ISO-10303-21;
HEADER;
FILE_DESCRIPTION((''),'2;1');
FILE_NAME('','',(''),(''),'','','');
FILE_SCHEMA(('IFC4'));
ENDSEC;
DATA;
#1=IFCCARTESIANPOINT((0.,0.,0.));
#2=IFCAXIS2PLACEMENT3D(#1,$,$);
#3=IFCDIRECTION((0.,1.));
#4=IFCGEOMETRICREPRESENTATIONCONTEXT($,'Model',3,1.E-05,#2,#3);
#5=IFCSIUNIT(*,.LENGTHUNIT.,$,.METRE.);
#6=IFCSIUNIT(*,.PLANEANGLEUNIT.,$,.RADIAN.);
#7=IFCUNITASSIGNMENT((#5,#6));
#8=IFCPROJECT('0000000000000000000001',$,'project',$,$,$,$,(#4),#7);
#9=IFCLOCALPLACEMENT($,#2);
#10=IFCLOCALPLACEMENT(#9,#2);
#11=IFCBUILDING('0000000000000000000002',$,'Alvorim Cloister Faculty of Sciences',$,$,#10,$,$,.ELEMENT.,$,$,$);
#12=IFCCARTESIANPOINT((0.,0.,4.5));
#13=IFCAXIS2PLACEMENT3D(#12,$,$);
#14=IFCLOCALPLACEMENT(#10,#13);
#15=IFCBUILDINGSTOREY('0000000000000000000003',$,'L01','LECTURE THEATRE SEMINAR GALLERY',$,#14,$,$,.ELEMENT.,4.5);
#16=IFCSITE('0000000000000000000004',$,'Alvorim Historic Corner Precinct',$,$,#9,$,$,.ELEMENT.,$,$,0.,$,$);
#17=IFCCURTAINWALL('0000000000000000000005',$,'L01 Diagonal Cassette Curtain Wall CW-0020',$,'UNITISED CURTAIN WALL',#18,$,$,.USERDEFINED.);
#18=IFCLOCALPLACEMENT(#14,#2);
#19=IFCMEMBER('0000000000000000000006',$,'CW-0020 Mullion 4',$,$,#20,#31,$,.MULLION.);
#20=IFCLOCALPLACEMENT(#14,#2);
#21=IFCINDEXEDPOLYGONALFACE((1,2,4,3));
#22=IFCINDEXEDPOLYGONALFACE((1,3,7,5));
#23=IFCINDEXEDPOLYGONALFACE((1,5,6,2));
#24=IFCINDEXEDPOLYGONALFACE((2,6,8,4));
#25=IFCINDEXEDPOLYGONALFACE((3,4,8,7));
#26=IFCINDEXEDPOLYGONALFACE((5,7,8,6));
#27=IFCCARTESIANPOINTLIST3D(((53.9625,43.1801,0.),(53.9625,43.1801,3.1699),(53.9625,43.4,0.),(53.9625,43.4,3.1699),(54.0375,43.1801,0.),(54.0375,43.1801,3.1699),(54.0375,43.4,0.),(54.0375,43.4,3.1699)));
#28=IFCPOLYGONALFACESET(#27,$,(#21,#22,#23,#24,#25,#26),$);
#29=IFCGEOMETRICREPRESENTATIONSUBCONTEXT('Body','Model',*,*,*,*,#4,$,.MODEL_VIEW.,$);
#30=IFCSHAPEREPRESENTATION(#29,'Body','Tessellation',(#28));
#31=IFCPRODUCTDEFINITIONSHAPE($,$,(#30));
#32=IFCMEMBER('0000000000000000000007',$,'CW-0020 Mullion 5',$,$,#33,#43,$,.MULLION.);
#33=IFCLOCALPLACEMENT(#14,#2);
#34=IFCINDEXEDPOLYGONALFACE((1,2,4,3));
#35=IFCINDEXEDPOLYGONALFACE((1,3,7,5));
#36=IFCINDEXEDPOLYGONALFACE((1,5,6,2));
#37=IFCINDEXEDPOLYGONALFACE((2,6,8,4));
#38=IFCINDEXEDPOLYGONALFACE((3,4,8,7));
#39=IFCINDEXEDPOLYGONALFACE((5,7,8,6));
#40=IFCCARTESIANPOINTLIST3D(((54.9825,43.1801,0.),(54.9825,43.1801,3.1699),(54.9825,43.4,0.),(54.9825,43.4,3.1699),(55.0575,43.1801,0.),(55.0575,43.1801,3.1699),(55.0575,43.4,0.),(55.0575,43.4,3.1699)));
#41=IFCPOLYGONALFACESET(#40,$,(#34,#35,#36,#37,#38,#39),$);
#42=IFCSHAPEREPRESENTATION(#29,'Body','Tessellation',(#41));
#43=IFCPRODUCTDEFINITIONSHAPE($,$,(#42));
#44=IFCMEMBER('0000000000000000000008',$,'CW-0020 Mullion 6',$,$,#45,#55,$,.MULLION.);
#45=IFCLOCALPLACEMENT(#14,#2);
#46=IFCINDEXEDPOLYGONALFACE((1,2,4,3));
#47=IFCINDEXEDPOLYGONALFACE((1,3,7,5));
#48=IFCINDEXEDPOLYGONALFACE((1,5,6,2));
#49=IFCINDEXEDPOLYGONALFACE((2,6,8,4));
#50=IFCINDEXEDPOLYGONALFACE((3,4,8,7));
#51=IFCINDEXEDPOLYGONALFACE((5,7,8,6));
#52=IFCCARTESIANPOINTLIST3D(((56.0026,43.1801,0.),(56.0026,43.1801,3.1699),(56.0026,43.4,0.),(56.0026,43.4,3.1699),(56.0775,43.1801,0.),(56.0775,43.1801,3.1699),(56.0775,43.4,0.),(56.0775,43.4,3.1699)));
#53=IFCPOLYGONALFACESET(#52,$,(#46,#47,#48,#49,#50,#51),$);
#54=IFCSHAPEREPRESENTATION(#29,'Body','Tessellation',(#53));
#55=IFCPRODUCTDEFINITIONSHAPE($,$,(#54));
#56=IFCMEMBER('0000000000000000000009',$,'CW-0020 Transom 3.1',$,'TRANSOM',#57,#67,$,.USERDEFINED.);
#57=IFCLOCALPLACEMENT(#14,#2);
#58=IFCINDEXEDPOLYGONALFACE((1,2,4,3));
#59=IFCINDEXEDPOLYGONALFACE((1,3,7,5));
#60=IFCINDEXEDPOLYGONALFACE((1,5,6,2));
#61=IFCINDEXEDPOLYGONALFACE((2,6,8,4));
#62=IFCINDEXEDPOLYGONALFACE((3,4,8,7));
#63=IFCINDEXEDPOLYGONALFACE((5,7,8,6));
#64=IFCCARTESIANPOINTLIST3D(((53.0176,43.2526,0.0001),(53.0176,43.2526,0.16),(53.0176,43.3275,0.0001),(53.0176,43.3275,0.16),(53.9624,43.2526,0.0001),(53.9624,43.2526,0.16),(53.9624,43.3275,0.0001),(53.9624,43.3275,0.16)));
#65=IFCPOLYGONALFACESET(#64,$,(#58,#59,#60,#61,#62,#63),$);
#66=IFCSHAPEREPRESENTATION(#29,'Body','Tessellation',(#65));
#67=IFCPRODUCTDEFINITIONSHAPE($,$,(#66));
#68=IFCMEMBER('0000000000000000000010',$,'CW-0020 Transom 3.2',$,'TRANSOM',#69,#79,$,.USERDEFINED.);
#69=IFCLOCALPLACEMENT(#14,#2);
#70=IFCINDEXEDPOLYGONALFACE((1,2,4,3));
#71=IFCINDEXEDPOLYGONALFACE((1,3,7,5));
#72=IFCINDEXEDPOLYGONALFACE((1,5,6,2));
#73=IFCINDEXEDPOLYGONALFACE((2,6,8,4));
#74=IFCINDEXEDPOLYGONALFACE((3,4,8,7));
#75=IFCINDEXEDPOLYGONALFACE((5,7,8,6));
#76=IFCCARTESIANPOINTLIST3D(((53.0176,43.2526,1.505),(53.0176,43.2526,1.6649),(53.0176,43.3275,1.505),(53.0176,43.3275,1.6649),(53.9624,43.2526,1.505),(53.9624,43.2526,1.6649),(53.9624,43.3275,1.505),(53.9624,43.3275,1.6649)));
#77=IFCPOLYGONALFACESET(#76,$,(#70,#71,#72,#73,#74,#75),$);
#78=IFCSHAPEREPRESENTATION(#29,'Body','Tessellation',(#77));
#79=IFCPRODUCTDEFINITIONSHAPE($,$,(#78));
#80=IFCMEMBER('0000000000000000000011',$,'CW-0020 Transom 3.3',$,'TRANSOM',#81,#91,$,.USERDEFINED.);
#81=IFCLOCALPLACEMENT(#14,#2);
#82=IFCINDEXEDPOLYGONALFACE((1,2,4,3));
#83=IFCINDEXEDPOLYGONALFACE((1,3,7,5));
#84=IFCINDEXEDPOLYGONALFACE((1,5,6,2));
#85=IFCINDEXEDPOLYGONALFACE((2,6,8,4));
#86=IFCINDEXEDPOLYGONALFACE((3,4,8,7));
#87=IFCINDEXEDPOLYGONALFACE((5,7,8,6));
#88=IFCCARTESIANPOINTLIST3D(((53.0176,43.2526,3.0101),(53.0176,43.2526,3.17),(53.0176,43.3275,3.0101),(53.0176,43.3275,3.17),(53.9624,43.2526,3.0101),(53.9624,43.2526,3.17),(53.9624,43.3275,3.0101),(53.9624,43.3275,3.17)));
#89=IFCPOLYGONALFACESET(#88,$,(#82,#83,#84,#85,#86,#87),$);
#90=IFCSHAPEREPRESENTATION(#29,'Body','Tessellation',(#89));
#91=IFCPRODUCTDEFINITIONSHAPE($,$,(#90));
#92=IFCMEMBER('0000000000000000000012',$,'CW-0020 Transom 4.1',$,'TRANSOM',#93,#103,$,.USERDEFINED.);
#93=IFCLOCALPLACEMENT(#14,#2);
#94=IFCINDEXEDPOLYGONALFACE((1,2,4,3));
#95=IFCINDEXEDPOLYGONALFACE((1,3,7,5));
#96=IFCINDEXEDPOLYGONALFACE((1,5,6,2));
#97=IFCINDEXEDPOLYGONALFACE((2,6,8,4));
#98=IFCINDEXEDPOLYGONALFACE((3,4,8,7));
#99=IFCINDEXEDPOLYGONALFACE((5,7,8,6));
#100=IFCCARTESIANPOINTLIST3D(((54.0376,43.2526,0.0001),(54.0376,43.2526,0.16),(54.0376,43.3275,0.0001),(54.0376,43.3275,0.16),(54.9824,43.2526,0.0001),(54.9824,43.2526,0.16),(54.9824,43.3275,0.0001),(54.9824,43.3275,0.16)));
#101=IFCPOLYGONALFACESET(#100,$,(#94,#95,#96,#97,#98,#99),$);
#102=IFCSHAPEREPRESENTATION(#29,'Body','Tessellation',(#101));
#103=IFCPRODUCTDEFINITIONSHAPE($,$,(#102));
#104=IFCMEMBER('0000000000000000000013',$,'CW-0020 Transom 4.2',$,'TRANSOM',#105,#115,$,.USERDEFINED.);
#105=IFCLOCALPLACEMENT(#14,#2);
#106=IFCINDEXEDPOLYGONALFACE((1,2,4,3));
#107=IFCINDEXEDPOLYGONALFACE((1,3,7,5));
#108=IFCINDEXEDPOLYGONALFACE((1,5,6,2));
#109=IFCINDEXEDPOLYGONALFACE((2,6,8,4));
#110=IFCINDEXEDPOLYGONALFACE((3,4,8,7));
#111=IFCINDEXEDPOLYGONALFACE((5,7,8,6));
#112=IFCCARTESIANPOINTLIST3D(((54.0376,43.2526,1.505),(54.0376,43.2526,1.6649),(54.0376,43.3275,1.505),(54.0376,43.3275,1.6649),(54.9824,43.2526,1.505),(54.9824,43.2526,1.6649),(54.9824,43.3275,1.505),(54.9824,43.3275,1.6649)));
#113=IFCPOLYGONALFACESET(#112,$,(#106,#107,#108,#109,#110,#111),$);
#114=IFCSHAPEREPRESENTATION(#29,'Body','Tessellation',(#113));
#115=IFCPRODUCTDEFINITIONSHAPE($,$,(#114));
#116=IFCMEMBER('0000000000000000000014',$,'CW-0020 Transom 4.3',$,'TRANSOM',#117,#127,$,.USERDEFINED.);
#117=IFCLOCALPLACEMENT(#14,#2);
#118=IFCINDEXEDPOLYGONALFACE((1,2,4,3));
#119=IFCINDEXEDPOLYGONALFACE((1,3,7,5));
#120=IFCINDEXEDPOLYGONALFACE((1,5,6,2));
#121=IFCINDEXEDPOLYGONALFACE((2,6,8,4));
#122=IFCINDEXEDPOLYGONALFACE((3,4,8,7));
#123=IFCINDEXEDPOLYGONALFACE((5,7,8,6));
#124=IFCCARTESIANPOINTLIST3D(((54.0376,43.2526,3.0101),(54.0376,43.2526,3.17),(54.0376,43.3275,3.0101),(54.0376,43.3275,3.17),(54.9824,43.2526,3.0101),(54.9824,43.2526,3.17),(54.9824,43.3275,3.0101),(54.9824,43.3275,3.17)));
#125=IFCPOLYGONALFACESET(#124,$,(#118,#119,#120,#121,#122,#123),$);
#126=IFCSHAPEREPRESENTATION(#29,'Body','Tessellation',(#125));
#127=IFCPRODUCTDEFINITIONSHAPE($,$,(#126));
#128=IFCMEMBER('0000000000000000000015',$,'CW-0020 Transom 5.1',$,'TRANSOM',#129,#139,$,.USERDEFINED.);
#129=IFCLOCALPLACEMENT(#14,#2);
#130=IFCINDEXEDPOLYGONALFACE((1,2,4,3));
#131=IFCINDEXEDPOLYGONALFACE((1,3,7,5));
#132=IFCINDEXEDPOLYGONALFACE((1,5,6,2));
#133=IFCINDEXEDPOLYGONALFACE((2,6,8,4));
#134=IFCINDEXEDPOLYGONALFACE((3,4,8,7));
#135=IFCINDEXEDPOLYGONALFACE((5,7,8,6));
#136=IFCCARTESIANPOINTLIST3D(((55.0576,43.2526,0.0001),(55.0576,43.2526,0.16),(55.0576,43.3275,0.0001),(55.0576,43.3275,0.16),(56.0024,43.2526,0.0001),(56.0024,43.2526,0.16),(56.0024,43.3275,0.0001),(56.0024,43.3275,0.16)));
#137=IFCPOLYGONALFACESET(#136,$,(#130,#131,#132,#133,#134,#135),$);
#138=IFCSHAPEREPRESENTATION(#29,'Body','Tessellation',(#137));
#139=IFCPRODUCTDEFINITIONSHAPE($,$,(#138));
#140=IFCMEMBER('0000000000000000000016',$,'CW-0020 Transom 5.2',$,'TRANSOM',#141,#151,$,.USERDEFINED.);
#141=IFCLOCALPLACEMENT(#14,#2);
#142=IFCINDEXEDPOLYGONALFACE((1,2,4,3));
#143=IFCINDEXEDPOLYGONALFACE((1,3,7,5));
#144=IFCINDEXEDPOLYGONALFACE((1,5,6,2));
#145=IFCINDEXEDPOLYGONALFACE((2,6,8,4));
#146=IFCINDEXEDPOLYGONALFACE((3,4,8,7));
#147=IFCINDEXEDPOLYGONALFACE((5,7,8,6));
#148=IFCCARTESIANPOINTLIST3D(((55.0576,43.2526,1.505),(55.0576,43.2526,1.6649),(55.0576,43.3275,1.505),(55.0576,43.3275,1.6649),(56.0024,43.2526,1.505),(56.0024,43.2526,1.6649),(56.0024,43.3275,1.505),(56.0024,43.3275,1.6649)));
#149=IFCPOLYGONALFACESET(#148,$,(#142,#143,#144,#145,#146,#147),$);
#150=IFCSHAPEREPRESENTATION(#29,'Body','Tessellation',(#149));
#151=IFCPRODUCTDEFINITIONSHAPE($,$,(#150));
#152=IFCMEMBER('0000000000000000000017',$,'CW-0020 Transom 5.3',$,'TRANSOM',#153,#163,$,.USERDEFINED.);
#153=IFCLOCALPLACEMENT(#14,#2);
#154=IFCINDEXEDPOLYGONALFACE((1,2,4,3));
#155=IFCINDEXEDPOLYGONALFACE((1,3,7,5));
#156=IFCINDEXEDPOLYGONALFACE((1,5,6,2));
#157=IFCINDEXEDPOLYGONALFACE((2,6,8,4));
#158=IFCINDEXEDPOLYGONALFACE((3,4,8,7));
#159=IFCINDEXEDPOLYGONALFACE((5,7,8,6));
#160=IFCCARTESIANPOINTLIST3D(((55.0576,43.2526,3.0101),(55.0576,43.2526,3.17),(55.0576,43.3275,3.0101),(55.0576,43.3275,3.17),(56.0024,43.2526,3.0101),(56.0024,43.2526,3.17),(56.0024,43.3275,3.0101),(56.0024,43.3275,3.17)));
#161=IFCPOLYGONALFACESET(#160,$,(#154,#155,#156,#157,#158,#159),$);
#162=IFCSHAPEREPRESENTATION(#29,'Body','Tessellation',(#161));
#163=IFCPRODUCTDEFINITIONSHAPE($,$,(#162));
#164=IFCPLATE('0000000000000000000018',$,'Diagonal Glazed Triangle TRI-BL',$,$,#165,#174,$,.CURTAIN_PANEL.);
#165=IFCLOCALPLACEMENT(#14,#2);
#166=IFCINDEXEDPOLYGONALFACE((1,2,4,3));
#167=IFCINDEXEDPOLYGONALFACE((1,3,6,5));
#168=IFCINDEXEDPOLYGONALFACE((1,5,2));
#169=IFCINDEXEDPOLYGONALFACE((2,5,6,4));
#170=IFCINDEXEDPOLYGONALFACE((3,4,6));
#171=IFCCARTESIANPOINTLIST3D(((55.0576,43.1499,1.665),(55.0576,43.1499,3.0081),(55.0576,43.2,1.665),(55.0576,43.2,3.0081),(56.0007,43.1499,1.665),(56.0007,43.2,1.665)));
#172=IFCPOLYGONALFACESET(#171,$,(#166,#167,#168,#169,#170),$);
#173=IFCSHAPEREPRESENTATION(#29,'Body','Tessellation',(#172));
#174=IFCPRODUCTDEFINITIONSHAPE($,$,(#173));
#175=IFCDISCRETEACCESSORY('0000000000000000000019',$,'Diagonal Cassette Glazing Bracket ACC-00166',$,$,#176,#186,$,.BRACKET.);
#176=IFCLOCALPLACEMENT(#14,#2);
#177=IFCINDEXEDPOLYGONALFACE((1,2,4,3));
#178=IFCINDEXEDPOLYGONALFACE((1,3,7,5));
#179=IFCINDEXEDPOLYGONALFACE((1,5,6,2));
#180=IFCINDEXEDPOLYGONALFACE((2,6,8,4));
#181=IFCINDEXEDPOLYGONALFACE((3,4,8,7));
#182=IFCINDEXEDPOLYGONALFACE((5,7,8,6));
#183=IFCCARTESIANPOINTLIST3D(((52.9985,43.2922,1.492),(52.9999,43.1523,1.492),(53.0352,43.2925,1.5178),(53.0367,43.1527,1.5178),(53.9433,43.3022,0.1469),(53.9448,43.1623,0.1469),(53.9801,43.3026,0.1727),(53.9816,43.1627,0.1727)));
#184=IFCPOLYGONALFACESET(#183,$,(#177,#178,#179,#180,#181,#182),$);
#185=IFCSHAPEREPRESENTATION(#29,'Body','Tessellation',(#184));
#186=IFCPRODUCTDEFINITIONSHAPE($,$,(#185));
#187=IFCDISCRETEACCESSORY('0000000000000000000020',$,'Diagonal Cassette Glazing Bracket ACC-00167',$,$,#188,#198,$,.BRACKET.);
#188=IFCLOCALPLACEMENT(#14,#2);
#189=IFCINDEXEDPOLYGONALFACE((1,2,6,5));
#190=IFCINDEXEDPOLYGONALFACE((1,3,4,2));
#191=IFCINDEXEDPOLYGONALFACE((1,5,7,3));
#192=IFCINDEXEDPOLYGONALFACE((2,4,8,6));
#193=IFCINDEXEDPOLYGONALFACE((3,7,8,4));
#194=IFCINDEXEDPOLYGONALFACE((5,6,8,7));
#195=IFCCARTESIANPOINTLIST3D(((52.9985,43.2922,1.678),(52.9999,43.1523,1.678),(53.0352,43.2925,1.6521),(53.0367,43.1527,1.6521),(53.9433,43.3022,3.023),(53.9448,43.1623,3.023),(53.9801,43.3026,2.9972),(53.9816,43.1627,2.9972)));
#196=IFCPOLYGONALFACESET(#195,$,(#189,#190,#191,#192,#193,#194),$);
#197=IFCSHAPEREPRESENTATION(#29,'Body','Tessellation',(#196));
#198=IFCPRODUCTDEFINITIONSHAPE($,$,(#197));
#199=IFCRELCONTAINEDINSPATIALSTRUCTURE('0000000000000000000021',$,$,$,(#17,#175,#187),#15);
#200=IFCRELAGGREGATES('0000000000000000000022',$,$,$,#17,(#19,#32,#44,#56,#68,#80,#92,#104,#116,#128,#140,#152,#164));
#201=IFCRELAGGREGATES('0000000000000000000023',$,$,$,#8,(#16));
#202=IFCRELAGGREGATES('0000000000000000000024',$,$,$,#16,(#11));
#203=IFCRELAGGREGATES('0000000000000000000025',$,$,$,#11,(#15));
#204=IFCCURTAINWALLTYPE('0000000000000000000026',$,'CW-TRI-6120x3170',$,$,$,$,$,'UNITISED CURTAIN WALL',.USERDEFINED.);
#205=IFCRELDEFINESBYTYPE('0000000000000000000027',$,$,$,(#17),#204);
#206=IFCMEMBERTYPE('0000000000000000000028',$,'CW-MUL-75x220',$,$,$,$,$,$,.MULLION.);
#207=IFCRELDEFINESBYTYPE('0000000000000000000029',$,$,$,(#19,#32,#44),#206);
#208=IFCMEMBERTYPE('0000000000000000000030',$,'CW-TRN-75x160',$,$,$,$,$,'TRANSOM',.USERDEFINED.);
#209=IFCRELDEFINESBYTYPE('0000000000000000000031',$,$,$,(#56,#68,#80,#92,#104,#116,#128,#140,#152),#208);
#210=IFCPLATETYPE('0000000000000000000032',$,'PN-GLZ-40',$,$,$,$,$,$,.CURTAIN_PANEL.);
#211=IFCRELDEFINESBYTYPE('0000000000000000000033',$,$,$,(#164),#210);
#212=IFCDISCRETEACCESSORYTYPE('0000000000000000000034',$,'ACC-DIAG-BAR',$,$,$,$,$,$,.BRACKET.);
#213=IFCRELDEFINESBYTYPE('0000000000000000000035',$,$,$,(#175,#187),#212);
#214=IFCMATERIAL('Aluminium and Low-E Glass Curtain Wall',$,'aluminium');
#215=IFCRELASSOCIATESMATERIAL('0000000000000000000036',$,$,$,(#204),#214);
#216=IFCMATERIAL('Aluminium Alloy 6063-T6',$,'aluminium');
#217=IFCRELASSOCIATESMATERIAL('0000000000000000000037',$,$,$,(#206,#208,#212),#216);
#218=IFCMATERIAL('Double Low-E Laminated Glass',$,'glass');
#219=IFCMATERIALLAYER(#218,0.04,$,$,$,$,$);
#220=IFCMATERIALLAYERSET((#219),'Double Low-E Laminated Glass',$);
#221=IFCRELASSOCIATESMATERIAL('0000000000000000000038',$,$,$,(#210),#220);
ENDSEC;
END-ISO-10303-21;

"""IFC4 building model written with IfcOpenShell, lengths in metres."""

from ifc_helpers import new_model, si_unit, direction, frame, origin, origin_2d, place, context, subcontext, project, spatial, polyline, rectangle, outline, extrude, material, layer, layer_set, material_profile, profile_set, type_object, element, aggregate, save


model = new_model("IFC4")

# Units and contexts
model_context = context("Model", 3, precision=1e-05, world=origin(), true_north=direction((0.0, 1.0)))
body_context = subcontext(model_context, "Body", "Model", "MODEL_VIEW")
ifc_project = project(units=[si_unit("LENGTHUNIT", "METRE"), si_unit("PLANEANGLEUNIT", "RADIAN")], contexts=[model_context])

# Site, building, storey
site_placement = place(None, origin())
site = spatial("IfcSite", under=ifc_project, at=site_placement, Name="Alvorim Historic Corner Precinct", CompositionType="ELEMENT", RefElevation=0.0)
building_placement = place(site_placement, origin())
building = spatial("IfcBuilding", under=site, at=building_placement, Name="Alvorim Cloister Faculty of Sciences", CompositionType="ELEMENT")
storey_placement = place(building_placement, frame((0.0, 0.0, 4.5)))
storey = spatial("IfcBuildingStorey", under=building, at=storey_placement, Name="L01", Description="LECTURE THEATRE SEMINAR GALLERY", CompositionType="ELEMENT", Elevation=4.5)

# Curtain wall, members, plate
ifc_material_1 = material(Name="Aluminium and Low-E Glass Curtain Wall", Category="aluminium")
curtain_wall_type = type_object("IfcCurtainWallType", Name="CW-TRI-6120x3170", ElementType="UNITISED CURTAIN WALL", PredefinedType="USERDEFINED", material=ifc_material_1)
curtain_wall_placement = place(storey_placement, origin())
curtain_wall = element("IfcCurtainWall", 1, at=curtain_wall_placement, inside=storey, type_object=curtain_wall_type, Name="L01 Diagonal Cassette Curtain Wall CW-0020", ObjectType="UNITISED CURTAIN WALL", PredefinedType="USERDEFINED")
ifc_material_2 = material(Name="Aluminium Alloy 6063-T6", Category="aluminium")
ifc_material_profile_1 = material_profile(ifc_material_2, rectangle(XDim=0.075, YDim=0.22, at=origin_2d()), Name="ALU-MUL-75x220")
ifc_profile_set_1 = profile_set([ifc_material_profile_1], Name="Aluminium Alloy 6063-T6")
member_type_1 = type_object("IfcMemberType", Name="CW-MUL-75x220", PredefinedType="MULLION", material=ifc_profile_set_1)
member_1_placement = place(storey_placement, frame((54.0, 43.29, 0.0), z_axis=(0.0, 0.0, 1.0), x_axis=(1.0, 0.0, 0.0)))
member_1 = element("IfcMember", 2, at=member_1_placement, type_object=member_type_1, Name="CW-0020 Mullion 4", PredefinedType="MULLION", context=body_context, shape_type="SweptSolid", body=[
    extrude(rectangle(XDim=0.075, YDim=0.22, at=origin_2d()), origin(), (0.0, 0.0, 1.0), 3.1699),
])
member_2_placement = place(storey_placement, frame((55.02, 43.29, 0.0), z_axis=(0.0, 0.0, 1.0), x_axis=(1.0, 0.0, 0.0)))
member_2 = element("IfcMember", 3, at=member_2_placement, type_object=member_type_1, Name="CW-0020 Mullion 5", PredefinedType="MULLION", context=body_context, shape_type="SweptSolid", body=[
    extrude(rectangle(XDim=0.075, YDim=0.22, at=origin_2d()), origin(), (0.0, 0.0, 1.0), 3.1699),
])
member_3_placement = place(storey_placement, frame((56.04, 43.29, 0.0), z_axis=(0.0, 0.0, 1.0), x_axis=(1.0, 0.0, 0.0)))
member_3 = element("IfcMember", 4, at=member_3_placement, type_object=member_type_1, Name="CW-0020 Mullion 6", PredefinedType="MULLION", context=body_context, shape_type="SweptSolid", body=[
    extrude(rectangle(XDim=0.075, YDim=0.22, at=origin_2d()), origin(), (0.0, 0.0, 1.0), 3.1699),
])
ifc_material_profile_2 = material_profile(ifc_material_2, rectangle(XDim=0.075, YDim=0.1599, at=origin_2d()), Name="ALU-TRN-75x160")
ifc_profile_set_2 = profile_set([ifc_material_profile_2], Name="Aluminium Alloy 6063-T6")
member_type_2 = type_object("IfcMemberType", Name="CW-TRN-75x160", ElementType="TRANSOM", PredefinedType="USERDEFINED", material=ifc_profile_set_2)
member_4_placement = place(storey_placement, frame((53.0176, 43.29, 0.0801), z_axis=(1.0, 0.0, 0.0), x_axis=(0.0, 1.0, 0.0)))
member_4 = element("IfcMember", 5, at=member_4_placement, type_object=member_type_2, Name="CW-0020 Transom 3.1", ObjectType="TRANSOM", PredefinedType="USERDEFINED", context=body_context, shape_type="SweptSolid", body=[
    extrude(rectangle(XDim=0.075, YDim=0.1599, at=origin_2d()), origin(), (0.0, 0.0, 1.0), 0.9448),
])
member_5_placement = place(storey_placement, frame((53.0176, 43.29, 1.585), z_axis=(1.0, 0.0, 0.0), x_axis=(0.0, 1.0, 0.0)))
member_5 = element("IfcMember", 6, at=member_5_placement, type_object=member_type_2, Name="CW-0020 Transom 3.2", ObjectType="TRANSOM", PredefinedType="USERDEFINED", context=body_context, shape_type="SweptSolid", body=[
    extrude(rectangle(XDim=0.075, YDim=0.1599, at=origin_2d()), origin(), (0.0, 0.0, 1.0), 0.9448),
])
member_6_placement = place(storey_placement, frame((53.0176, 43.29, 3.0901), z_axis=(1.0, 0.0, 0.0), x_axis=(0.0, 1.0, 0.0)))
member_6 = element("IfcMember", 7, at=member_6_placement, type_object=member_type_2, Name="CW-0020 Transom 3.3", ObjectType="TRANSOM", PredefinedType="USERDEFINED", context=body_context, shape_type="SweptSolid", body=[
    extrude(rectangle(XDim=0.075, YDim=0.1599, at=origin_2d()), origin(), (0.0, 0.0, 1.0), 0.9448),
])
member_7_placement = place(storey_placement, frame((54.0376, 43.29, 0.0801), z_axis=(1.0, 0.0, 0.0), x_axis=(0.0, 1.0, 0.0)))
member_7 = element("IfcMember", 8, at=member_7_placement, type_object=member_type_2, Name="CW-0020 Transom 4.1", ObjectType="TRANSOM", PredefinedType="USERDEFINED", context=body_context, shape_type="SweptSolid", body=[
    extrude(rectangle(XDim=0.075, YDim=0.1599, at=origin_2d()), origin(), (0.0, 0.0, 1.0), 0.9448),
])
member_8_placement = place(storey_placement, frame((54.0376, 43.29, 1.585), z_axis=(1.0, 0.0, 0.0), x_axis=(0.0, 1.0, 0.0)))
member_8 = element("IfcMember", 9, at=member_8_placement, type_object=member_type_2, Name="CW-0020 Transom 4.2", ObjectType="TRANSOM", PredefinedType="USERDEFINED", context=body_context, shape_type="SweptSolid", body=[
    extrude(rectangle(XDim=0.075, YDim=0.1599, at=origin_2d()), origin(), (0.0, 0.0, 1.0), 0.9448),
])
member_9_placement = place(storey_placement, frame((54.0376, 43.29, 3.0901), z_axis=(1.0, 0.0, 0.0), x_axis=(0.0, 1.0, 0.0)))
member_9 = element("IfcMember", 10, at=member_9_placement, type_object=member_type_2, Name="CW-0020 Transom 4.3", ObjectType="TRANSOM", PredefinedType="USERDEFINED", context=body_context, shape_type="SweptSolid", body=[
    extrude(rectangle(XDim=0.075, YDim=0.1599, at=origin_2d()), origin(), (0.0, 0.0, 1.0), 0.9448),
])
member_10_placement = place(storey_placement, frame((55.0576, 43.29, 0.0801), z_axis=(1.0, 0.0, 0.0), x_axis=(0.0, 1.0, 0.0)))
member_10 = element("IfcMember", 11, at=member_10_placement, type_object=member_type_2, Name="CW-0020 Transom 5.1", ObjectType="TRANSOM", PredefinedType="USERDEFINED", context=body_context, shape_type="SweptSolid", body=[
    extrude(rectangle(XDim=0.075, YDim=0.1599, at=origin_2d()), origin(), (0.0, 0.0, 1.0), 0.9448),
])
member_11_placement = place(storey_placement, frame((55.0576, 43.29, 1.585), z_axis=(1.0, 0.0, 0.0), x_axis=(0.0, 1.0, 0.0)))
member_11 = element("IfcMember", 12, at=member_11_placement, type_object=member_type_2, Name="CW-0020 Transom 5.2", ObjectType="TRANSOM", PredefinedType="USERDEFINED", context=body_context, shape_type="SweptSolid", body=[
    extrude(rectangle(XDim=0.075, YDim=0.1599, at=origin_2d()), origin(), (0.0, 0.0, 1.0), 0.9448),
])
member_12_placement = place(storey_placement, frame((55.0576, 43.29, 3.0901), z_axis=(1.0, 0.0, 0.0), x_axis=(0.0, 1.0, 0.0)))
member_12 = element("IfcMember", 13, at=member_12_placement, type_object=member_type_2, Name="CW-0020 Transom 5.3", ObjectType="TRANSOM", PredefinedType="USERDEFINED", context=body_context, shape_type="SweptSolid", body=[
    extrude(rectangle(XDim=0.075, YDim=0.1599, at=origin_2d()), origin(), (0.0, 0.0, 1.0), 0.9448),
])
ifc_material_3 = material(Name="Double Low-E Laminated Glass", Category="glass")
ifc_layer = layer(ifc_material_3, 0.04)
ifc_layer_set = layer_set([ifc_layer], Name="Double Low-E Laminated Glass")
plate_type = type_object("IfcPlateType", Name="PN-GLZ-40", PredefinedType="CURTAIN_PANEL", material=ifc_layer_set)
plate_1_placement = place(storey_placement, frame((55.0576, 43.175, 1.665), z_axis=(0.0, 0.0, 1.0), x_axis=(1.0, 0.0, 0.0)))
plate_1 = element("IfcPlate", 14, at=plate_1_placement, type_object=plate_type, Name="Diagonal Glazed Triangle TRI-BL", PredefinedType="CURTAIN_PANEL", context=body_context, shape_type="SweptSolid", body=[
    extrude(outline(polyline([(0.0, 0.0), (0.9431, 0.0), (0.0, 1.343), (0.0, 0.0)])), frame((0.0, 0.0249, 0.0), z_axis=(0.0, -1.0, 0.0), x_axis=(1.0, 0.0, 0.0)), (0.0, 0.0, 1.0), 0.05),
])
aggregate(curtain_wall, [member_1, member_2, member_3, member_4, member_5, member_6, member_7, member_8, member_9, member_10, member_11, member_12, plate_1])

# Discrete accessories
discrete_accessory_type = type_object("IfcDiscreteAccessoryType", Name="ACC-DIAG-BAR", PredefinedType="BRACKET", material=ifc_material_2)
for number, where, z_axis, x_axis, name in (
    (15, (53.0176, 43.2224, 1.5049), (0.574817, 0.00609, -0.81826), (-0.010594, 0.999944, 0.0), "Diagonal Cassette Glazing Bracket ACC-00166"),
    (16, (53.0176, 43.2224, 1.665), (0.574817, 0.00609, 0.81826), (-0.010594, 0.999944, 0.0), "Diagonal Cassette Glazing Bracket ACC-00167"),
):
    element("IfcDiscreteAccessory", number, at=place(storey_placement, frame(where, z_axis=z_axis, x_axis=x_axis)), inside=storey, type_object=discrete_accessory_type, Name=name, PredefinedType="BRACKET", context=body_context, shape_type="SweptSolid", body=[
        extrude(rectangle(XDim=0.1399, YDim=0.0449, at=origin_2d()), origin(), (0.0, 0.0, 1.0), 1.6438),
    ])

save(model, "model.ifc")
